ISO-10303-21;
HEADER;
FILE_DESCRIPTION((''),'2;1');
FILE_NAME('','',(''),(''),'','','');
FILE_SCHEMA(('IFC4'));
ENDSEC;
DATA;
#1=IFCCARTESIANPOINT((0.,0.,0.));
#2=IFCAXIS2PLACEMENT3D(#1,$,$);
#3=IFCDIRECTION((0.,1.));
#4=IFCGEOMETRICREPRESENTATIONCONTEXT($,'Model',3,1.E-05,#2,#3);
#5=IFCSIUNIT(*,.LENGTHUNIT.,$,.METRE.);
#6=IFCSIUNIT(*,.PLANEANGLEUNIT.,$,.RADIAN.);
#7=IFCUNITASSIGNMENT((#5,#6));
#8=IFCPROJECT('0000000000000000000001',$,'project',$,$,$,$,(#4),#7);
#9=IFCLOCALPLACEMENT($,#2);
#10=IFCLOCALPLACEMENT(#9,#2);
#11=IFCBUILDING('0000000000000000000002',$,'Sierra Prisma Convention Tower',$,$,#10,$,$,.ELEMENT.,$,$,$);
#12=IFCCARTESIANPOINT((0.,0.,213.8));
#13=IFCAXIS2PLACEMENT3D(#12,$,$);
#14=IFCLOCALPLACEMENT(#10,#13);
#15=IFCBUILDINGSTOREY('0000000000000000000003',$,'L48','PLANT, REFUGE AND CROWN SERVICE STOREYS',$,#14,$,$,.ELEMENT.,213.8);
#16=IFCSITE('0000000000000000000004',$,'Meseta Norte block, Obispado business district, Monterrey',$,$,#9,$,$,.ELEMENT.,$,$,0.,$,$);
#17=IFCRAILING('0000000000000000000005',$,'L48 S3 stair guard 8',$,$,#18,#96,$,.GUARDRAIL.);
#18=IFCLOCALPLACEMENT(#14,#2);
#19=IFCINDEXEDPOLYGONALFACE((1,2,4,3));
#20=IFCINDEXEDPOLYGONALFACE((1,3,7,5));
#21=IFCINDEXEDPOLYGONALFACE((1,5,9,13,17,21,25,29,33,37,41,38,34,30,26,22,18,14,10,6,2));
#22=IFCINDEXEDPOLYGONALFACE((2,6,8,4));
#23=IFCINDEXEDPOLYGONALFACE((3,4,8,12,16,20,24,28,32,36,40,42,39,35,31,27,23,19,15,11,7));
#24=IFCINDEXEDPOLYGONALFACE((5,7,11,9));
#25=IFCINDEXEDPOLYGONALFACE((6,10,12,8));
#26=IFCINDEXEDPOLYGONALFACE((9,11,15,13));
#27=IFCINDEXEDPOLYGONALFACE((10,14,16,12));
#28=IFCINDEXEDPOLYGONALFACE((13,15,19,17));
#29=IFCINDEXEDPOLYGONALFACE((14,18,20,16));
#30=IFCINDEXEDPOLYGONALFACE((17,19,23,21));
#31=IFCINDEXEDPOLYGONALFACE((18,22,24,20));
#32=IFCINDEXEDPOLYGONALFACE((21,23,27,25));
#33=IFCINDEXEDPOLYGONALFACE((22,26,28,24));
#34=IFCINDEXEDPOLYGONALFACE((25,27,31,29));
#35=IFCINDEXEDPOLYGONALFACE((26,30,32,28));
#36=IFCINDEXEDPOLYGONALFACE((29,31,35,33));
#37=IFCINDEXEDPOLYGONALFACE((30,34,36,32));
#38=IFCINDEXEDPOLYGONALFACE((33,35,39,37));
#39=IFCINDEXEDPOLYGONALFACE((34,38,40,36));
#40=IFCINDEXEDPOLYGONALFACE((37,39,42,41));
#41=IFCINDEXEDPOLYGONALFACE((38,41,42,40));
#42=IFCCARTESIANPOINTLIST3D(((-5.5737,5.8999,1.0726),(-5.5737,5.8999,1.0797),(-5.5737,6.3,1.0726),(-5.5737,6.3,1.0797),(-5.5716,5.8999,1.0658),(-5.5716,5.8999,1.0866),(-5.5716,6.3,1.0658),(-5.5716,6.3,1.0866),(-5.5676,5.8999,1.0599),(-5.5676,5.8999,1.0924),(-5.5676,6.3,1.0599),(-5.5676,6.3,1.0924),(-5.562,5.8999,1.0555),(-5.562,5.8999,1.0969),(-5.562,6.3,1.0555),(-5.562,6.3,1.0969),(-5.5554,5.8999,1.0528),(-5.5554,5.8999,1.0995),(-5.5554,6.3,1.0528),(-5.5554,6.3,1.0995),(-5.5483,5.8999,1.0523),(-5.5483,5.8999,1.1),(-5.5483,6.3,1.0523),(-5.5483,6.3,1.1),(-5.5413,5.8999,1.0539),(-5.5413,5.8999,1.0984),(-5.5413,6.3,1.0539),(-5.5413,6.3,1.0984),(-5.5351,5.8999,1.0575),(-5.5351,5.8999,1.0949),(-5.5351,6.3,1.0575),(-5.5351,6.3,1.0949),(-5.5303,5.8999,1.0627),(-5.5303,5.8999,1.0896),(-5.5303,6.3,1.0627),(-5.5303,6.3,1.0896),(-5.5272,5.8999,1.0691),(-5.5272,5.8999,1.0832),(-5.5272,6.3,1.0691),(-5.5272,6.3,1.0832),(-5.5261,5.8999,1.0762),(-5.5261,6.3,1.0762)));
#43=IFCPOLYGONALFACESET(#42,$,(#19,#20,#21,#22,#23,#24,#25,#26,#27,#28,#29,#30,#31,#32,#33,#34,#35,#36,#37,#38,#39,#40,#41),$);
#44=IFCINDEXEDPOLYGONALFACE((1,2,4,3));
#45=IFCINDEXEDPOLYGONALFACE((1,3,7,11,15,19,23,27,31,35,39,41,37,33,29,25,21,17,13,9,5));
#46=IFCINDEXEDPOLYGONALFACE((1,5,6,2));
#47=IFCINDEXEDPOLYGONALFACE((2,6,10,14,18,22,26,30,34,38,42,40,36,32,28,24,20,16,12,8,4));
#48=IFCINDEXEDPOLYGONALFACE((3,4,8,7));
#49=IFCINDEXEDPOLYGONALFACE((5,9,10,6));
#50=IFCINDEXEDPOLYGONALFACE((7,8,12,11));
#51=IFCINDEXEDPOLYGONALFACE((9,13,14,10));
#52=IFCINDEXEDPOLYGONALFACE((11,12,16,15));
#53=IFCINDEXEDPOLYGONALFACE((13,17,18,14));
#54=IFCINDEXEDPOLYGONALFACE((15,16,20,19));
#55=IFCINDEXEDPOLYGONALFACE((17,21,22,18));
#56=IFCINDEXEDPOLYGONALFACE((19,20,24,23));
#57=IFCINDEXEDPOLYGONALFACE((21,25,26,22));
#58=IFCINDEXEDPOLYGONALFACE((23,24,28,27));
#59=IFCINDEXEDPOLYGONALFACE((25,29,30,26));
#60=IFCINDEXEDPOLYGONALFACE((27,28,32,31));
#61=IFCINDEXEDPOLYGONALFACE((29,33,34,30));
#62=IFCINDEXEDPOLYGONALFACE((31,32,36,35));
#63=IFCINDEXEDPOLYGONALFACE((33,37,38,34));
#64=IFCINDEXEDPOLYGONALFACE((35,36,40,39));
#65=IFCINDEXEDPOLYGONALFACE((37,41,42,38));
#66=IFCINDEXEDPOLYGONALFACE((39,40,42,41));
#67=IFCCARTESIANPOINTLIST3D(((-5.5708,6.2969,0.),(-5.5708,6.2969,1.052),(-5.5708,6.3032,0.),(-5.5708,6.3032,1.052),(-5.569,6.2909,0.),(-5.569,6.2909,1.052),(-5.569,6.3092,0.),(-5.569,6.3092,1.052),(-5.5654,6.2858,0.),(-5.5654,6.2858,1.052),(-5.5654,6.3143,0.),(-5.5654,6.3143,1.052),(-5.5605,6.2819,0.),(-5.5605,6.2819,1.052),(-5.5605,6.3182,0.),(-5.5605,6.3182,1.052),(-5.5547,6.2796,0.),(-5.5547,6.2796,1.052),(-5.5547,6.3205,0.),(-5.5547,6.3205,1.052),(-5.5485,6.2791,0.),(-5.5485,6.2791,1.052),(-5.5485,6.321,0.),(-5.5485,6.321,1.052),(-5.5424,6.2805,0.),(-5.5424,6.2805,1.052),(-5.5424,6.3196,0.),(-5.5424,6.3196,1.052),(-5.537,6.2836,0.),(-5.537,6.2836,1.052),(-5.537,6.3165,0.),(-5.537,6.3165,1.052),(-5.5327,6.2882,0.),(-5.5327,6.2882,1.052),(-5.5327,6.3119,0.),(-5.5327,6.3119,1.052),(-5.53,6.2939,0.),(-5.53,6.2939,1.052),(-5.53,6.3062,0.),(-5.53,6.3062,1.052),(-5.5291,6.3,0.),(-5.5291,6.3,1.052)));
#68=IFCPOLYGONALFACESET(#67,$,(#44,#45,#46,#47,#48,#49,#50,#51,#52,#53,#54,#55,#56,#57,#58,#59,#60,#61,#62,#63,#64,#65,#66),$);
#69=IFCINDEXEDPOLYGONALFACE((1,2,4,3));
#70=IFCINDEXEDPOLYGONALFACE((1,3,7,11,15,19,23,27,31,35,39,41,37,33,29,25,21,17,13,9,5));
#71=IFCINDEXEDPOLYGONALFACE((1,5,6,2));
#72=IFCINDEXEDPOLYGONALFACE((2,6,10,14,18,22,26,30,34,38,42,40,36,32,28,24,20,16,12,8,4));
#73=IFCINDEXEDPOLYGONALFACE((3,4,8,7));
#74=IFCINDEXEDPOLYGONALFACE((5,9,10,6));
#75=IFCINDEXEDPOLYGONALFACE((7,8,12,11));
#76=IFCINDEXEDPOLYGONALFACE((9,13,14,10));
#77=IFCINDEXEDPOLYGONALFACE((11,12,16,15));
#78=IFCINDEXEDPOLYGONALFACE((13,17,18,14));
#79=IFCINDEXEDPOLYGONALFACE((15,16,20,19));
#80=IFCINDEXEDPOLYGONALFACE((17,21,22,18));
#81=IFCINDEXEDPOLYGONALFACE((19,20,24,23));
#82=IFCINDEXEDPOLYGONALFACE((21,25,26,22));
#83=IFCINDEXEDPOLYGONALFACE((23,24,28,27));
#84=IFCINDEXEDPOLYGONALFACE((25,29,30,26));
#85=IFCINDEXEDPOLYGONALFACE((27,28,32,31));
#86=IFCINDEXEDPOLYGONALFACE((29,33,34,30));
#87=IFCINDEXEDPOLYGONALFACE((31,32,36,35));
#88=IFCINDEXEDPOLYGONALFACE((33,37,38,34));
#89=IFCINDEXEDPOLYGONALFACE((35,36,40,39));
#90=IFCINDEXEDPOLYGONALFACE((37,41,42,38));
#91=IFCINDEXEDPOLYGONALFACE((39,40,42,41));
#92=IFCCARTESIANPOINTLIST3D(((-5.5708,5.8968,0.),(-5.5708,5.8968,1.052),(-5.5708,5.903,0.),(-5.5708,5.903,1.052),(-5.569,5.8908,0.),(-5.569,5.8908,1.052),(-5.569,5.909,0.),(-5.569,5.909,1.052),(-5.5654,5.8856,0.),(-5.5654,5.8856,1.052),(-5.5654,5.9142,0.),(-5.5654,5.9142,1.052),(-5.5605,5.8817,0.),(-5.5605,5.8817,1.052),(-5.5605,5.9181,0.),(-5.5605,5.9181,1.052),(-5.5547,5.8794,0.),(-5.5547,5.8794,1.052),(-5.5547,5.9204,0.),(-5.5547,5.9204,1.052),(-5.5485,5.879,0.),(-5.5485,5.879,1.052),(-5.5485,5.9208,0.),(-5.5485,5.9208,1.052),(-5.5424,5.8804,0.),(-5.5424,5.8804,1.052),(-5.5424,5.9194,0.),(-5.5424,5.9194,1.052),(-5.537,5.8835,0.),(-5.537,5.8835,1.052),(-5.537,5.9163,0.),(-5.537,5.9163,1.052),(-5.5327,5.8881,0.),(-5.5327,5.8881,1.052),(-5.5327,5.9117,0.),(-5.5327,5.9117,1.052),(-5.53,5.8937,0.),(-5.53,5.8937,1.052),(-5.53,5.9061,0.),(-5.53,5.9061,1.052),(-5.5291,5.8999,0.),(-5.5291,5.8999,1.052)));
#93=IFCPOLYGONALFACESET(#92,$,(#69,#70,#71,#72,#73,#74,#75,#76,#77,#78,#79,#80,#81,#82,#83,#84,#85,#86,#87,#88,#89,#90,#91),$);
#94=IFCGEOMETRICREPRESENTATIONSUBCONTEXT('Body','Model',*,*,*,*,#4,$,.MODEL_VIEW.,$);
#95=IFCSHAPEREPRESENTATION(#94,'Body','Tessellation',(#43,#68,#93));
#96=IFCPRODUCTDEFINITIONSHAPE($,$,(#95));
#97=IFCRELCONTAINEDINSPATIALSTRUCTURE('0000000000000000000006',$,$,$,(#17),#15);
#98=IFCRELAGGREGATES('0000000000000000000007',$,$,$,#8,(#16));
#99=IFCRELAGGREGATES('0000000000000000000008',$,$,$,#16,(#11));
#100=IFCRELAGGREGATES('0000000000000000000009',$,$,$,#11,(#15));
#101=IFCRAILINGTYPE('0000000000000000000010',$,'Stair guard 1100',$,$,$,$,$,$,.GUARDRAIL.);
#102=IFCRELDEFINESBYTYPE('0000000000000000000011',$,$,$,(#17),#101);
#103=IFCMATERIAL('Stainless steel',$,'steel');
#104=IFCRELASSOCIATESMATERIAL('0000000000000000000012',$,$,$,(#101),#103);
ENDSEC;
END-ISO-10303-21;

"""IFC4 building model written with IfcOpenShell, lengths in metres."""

from ifc_helpers import new_model, si_unit, direction, frame, origin, origin_2d, place, context, subcontext, project, spatial, circle, extrude, material, type_object, element, save


model = new_model("IFC4")

# Units and contexts
model_context = context("Model", 3, precision=1e-05, world=origin(), true_north=direction((0.0, 1.0)))
body_context = subcontext(model_context, "Body", "Model", "MODEL_VIEW")
ifc_project = project(units=[si_unit("LENGTHUNIT", "METRE"), si_unit("PLANEANGLEUNIT", "RADIAN")], contexts=[model_context])

# Site, building, storey
site_placement = place(None, origin())
site = spatial("IfcSite", under=ifc_project, at=site_placement, Name="Meseta Norte block, Obispado business district, Monterrey", CompositionType="ELEMENT", RefElevation=0.0)
building_placement = place(site_placement, origin())
building = spatial("IfcBuilding", under=site, at=building_placement, Name="Sierra Prisma Convention Tower", CompositionType="ELEMENT")
storey_placement = place(building_placement, frame((0.0, 0.0, 213.8)))
storey = spatial("IfcBuildingStorey", under=building, at=storey_placement, Name="L48", Description="PLANT, REFUGE AND CROWN SERVICE STOREYS", CompositionType="ELEMENT", Elevation=213.8)

# Railing
ifc_material_1 = material(Name="Stainless steel", Category="steel")
railing_type_1 = type_object("IfcRailingType", Name="Stair guard 1100", PredefinedType="GUARDRAIL", material=ifc_material_1)
railing_1_placement = place(storey_placement, frame((-5.55, 6.3, 0.0)))
element("IfcRailing", 1, at=railing_1_placement, inside=storey, type_object=railing_type_1, Name="L48 S3 stair guard 8", PredefinedType="GUARDRAIL", context=body_context, shape_type="SweptSolid", body=[
    extrude(circle(Radius=0.0239, at=origin_2d()), frame((0.0, 0.0, 1.0762), z_axis=(0.0, -1.0, 0.0), x_axis=(1.0, 0.0, 0.0)), (0.0, 0.0, 1.0), 0.4001),
    extrude(circle(Radius=0.021, at=origin_2d()), origin(), (0.0, 0.0, 1.0), 1.052),
    extrude(circle(Radius=0.021, at=origin_2d()), frame((0.0, -0.4001, 0.0)), (0.0, 0.0, 1.0), 1.052),
])

save(model, "model.ifc")
